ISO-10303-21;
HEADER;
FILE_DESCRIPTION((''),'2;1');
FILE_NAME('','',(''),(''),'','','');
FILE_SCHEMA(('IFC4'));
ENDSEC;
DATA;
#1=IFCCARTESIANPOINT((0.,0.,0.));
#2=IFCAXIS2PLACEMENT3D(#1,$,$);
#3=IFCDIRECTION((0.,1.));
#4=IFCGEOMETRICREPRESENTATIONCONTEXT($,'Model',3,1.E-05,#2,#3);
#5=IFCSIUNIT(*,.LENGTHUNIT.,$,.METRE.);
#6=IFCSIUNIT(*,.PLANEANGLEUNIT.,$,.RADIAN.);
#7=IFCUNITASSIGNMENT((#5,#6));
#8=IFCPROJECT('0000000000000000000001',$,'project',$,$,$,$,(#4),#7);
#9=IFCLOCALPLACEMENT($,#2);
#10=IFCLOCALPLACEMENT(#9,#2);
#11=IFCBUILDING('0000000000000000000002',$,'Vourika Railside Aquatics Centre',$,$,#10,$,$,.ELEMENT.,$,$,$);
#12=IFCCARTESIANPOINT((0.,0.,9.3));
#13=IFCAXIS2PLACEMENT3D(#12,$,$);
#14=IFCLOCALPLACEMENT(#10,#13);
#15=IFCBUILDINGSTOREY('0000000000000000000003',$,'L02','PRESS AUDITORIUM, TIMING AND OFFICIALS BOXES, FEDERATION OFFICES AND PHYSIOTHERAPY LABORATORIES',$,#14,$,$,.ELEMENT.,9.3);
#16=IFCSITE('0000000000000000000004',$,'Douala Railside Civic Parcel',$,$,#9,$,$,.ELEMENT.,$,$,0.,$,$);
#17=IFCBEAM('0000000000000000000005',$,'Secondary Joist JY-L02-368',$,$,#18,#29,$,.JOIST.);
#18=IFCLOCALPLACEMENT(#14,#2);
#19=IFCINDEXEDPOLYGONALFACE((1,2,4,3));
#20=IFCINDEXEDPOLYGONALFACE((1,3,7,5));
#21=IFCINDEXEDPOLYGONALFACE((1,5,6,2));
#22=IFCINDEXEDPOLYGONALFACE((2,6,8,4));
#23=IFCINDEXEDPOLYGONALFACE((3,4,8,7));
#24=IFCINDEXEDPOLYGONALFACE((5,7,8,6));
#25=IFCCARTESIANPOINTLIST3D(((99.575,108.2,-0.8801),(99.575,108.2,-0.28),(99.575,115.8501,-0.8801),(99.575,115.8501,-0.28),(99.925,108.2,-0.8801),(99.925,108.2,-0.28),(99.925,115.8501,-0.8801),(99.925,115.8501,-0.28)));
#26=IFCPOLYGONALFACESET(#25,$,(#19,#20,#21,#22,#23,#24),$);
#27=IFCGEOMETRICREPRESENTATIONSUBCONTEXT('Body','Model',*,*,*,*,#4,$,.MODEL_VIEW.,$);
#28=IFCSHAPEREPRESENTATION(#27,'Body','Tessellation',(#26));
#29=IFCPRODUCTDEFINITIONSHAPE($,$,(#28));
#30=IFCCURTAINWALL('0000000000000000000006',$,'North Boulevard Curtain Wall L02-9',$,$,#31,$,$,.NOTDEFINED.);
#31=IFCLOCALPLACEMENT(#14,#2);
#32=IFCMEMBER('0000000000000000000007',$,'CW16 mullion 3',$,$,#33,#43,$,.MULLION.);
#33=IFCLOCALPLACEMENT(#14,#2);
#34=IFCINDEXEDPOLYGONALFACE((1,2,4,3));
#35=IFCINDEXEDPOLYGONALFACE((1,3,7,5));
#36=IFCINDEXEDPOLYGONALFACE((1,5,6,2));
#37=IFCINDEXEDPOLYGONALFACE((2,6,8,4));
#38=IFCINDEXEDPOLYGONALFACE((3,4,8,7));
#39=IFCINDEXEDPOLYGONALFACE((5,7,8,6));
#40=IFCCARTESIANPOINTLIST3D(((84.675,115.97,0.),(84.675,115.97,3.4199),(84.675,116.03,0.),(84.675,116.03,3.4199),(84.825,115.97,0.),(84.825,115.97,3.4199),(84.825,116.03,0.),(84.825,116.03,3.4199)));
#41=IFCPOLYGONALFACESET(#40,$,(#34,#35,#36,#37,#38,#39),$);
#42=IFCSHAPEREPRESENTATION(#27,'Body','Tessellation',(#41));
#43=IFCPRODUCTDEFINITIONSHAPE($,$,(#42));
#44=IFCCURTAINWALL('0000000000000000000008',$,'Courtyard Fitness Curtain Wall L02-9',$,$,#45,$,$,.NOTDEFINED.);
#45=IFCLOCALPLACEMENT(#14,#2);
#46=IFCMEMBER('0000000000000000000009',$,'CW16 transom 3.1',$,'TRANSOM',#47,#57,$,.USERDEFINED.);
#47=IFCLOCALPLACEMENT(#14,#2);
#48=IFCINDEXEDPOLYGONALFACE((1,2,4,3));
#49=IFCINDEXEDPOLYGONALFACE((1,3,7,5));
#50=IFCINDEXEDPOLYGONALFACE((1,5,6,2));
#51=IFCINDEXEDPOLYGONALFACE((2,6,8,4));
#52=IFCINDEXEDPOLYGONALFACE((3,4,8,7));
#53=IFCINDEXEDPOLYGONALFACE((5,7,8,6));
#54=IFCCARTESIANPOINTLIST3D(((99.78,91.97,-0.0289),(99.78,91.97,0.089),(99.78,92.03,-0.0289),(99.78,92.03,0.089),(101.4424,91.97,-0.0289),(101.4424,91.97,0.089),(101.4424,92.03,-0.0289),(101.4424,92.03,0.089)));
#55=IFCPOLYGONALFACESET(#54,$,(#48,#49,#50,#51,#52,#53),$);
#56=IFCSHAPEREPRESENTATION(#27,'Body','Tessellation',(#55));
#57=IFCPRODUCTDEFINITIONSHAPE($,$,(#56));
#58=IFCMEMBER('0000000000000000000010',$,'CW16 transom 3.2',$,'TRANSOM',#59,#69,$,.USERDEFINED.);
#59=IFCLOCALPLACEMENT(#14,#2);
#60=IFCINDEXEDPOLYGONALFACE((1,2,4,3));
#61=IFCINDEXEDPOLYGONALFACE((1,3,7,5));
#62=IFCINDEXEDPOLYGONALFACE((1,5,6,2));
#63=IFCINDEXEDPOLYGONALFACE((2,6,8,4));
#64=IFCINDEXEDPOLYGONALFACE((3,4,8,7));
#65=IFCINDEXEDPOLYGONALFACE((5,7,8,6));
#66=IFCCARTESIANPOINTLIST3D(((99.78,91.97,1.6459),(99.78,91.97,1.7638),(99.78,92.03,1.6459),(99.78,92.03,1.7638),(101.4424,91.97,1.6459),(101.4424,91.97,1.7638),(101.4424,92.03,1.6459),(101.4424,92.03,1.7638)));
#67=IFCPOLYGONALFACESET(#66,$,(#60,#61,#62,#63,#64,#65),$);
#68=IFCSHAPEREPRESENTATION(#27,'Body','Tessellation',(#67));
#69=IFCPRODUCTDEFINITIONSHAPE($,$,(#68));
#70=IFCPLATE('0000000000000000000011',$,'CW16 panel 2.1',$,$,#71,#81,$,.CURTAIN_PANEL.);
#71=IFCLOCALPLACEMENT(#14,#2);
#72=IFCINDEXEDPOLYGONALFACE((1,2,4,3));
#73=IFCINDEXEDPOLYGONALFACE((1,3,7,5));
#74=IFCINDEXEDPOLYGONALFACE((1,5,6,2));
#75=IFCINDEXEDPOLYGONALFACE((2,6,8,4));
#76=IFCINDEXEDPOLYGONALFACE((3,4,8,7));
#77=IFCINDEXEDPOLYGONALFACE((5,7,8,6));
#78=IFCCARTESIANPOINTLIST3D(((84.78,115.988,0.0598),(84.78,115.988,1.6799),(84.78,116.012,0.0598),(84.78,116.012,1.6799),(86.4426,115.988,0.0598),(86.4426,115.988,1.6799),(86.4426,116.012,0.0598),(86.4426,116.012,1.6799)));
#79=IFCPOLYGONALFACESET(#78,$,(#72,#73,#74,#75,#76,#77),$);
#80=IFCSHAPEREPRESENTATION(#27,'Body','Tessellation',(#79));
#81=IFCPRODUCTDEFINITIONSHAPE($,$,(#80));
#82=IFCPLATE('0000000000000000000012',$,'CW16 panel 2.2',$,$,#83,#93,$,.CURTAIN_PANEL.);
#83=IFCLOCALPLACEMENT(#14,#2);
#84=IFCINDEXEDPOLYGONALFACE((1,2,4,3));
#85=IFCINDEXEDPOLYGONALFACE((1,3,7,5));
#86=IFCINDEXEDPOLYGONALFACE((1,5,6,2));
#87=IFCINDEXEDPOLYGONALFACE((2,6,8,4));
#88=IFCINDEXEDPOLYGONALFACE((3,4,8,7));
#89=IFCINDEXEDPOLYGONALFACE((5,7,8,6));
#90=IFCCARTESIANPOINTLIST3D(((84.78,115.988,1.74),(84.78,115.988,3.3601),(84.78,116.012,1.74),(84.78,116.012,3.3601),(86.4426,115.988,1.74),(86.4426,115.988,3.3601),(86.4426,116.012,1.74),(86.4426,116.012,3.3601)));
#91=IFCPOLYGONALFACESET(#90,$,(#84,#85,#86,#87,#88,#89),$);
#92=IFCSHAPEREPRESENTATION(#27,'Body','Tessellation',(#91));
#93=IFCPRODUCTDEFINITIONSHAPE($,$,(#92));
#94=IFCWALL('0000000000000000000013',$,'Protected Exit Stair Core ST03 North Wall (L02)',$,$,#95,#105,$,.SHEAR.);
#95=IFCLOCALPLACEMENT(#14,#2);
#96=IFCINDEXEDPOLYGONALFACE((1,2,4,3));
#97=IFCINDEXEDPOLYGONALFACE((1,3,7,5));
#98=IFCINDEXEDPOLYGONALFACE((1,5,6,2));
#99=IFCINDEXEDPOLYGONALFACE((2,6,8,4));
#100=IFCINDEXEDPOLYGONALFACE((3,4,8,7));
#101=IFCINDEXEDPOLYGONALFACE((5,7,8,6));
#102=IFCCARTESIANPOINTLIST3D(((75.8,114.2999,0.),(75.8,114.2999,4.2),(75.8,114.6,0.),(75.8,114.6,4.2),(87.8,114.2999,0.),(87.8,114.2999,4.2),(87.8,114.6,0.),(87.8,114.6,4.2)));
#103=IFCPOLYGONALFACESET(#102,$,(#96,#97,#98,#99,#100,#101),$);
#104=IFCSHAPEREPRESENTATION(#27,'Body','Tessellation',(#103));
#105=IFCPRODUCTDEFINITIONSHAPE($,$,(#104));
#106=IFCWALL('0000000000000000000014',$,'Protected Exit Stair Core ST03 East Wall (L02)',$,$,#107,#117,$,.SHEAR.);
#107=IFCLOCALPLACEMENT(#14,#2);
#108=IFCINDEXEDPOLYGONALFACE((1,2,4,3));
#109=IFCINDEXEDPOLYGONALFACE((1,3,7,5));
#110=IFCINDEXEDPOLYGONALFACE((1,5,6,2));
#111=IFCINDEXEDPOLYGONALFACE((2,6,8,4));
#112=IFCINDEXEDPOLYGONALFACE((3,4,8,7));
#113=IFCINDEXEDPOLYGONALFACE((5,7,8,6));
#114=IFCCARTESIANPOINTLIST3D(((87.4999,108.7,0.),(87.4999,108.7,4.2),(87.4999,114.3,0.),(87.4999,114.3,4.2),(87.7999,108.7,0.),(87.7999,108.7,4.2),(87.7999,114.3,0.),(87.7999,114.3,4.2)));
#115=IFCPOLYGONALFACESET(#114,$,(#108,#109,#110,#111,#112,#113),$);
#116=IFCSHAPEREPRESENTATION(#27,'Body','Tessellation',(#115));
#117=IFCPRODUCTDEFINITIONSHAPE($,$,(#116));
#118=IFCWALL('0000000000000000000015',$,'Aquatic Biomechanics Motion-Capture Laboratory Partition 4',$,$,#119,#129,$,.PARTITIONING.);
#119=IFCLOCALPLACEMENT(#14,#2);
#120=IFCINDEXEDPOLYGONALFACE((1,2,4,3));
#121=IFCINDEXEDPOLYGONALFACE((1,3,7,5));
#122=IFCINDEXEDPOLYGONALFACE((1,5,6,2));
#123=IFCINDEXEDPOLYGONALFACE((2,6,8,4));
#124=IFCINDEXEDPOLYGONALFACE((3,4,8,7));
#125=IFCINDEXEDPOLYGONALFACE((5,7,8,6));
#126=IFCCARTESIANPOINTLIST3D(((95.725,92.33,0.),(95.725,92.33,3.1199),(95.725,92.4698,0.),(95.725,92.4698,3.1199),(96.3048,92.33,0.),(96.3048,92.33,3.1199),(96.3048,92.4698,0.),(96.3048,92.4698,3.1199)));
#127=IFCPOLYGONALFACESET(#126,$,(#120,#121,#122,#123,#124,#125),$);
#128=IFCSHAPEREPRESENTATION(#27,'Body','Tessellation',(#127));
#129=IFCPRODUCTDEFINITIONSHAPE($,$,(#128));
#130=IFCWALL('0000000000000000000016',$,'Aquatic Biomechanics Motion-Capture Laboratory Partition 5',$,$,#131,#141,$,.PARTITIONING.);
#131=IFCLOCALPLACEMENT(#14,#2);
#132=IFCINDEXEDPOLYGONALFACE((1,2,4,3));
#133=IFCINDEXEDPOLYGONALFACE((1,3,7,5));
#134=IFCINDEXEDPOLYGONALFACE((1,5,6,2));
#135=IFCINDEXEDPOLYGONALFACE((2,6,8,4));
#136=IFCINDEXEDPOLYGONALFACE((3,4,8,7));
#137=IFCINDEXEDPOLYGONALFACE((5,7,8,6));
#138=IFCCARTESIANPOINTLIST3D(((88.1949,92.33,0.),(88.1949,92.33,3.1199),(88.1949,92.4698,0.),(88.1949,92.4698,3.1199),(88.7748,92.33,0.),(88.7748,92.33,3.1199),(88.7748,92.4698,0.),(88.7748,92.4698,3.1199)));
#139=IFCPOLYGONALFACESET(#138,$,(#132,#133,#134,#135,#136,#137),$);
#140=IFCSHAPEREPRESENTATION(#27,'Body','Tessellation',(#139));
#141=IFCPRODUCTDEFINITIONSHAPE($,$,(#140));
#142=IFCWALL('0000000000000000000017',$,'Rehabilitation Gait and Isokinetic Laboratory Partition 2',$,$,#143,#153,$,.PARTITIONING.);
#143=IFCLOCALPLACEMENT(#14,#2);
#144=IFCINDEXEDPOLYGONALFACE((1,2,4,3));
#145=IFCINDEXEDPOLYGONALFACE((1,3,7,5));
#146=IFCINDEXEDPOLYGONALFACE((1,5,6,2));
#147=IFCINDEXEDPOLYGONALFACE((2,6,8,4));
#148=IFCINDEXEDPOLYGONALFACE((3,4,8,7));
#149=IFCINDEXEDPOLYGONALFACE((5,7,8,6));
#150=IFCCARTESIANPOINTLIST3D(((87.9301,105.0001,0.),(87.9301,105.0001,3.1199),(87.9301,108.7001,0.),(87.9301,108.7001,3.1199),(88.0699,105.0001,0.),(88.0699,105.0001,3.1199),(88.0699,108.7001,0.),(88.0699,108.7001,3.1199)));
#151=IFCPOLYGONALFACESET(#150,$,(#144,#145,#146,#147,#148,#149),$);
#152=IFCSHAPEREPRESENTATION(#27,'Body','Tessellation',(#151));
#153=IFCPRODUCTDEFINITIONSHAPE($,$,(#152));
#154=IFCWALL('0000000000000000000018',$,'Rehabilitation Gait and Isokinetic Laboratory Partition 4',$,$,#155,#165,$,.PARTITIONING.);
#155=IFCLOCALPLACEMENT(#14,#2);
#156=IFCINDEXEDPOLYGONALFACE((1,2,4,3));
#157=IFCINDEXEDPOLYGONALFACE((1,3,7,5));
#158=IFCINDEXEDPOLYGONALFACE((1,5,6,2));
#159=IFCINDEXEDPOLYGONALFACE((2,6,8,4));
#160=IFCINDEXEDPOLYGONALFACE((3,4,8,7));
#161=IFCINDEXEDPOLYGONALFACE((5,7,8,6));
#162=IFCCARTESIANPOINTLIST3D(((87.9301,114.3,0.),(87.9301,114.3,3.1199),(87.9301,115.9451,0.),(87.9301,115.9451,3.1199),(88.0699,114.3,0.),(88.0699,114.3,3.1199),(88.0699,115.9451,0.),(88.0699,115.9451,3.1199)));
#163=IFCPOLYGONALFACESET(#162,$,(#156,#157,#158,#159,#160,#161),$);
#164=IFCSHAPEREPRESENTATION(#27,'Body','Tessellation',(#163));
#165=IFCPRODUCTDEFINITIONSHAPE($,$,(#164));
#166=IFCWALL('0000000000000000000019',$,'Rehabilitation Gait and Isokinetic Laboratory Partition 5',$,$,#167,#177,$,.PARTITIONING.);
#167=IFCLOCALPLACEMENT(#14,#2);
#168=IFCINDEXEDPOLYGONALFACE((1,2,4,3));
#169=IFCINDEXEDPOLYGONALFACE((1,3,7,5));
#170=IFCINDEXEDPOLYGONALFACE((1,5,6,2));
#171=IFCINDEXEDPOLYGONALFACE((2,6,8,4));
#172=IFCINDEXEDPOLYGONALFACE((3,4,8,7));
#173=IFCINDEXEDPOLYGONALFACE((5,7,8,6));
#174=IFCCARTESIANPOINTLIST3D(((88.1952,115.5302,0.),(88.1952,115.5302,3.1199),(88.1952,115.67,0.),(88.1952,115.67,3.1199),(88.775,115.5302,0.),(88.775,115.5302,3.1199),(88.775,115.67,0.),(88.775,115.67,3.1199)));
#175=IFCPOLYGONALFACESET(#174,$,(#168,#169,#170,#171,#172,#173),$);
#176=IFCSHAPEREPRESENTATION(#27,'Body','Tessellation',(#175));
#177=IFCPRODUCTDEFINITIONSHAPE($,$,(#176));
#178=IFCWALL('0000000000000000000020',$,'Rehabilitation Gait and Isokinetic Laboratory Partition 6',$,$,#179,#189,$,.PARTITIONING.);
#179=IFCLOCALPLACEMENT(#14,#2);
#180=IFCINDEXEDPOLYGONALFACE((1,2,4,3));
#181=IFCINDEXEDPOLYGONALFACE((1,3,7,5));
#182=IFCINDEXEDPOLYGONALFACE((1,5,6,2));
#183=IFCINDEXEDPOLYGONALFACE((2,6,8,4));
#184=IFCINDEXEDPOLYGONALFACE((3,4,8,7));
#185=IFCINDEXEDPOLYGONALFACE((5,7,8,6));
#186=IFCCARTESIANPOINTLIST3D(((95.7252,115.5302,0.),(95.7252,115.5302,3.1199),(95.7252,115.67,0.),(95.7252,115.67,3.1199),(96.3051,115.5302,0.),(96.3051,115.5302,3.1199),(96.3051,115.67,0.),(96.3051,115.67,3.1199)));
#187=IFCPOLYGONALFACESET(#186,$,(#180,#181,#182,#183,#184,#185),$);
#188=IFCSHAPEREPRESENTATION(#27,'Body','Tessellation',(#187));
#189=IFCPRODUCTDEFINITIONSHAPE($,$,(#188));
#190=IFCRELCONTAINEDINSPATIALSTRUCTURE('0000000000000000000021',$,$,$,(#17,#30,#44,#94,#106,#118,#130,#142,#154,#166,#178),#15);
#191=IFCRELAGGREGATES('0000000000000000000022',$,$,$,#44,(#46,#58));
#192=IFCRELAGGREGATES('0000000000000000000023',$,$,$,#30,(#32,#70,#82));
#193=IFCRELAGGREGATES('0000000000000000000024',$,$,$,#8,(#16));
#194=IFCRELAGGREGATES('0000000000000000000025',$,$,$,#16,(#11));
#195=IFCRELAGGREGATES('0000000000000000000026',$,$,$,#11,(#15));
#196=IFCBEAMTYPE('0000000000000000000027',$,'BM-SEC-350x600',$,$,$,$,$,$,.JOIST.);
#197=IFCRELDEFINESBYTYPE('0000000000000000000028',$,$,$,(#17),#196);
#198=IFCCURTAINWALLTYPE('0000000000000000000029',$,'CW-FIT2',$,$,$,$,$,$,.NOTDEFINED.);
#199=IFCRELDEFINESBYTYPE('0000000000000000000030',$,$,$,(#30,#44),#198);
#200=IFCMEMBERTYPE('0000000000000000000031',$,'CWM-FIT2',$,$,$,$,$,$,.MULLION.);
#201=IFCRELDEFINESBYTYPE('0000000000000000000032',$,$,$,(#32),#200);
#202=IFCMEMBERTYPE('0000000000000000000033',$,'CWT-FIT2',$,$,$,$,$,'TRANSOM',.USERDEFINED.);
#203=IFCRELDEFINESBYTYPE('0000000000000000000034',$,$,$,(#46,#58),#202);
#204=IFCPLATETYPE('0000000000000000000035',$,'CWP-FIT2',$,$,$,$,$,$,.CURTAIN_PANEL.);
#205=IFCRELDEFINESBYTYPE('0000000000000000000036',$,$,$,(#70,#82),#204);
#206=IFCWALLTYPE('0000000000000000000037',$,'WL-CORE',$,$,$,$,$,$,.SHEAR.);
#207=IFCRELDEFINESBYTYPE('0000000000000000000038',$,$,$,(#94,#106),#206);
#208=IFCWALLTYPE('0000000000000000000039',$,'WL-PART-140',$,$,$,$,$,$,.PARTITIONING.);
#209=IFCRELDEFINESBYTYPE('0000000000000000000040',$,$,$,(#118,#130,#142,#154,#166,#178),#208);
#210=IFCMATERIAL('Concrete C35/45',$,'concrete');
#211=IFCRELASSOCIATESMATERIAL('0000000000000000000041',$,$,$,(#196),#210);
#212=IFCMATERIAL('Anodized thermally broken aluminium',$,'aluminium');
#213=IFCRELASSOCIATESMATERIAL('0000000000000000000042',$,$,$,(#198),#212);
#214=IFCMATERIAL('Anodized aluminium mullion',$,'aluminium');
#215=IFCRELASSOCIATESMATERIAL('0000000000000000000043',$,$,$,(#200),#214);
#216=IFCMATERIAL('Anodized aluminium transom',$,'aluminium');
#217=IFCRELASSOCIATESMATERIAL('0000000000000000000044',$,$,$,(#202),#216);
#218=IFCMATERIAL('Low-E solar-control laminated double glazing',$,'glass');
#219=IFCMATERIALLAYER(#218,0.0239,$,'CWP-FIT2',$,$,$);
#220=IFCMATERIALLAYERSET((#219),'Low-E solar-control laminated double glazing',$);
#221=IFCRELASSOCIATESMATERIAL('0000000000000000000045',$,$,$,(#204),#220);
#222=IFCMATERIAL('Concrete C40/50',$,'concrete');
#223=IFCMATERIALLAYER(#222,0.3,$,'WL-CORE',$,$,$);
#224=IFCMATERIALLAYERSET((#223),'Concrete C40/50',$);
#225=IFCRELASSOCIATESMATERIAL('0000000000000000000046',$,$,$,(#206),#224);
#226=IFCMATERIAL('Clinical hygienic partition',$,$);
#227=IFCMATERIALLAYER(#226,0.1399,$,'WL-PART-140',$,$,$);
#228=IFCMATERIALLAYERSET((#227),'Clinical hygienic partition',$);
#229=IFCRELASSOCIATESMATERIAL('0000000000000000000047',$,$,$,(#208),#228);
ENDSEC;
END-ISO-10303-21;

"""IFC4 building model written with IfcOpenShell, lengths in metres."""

from ifc_helpers import new_model, si_unit, direction, frame, frame_2d, origin, origin_2d, place, context, subcontext, project, spatial, rectangle, extrude, material, layer, layer_set, material_profile, profile_set, type_object, element, aggregate, save


model = new_model("IFC4")

# Units and contexts
model_context = context("Model", 3, precision=1e-05, world=origin(), true_north=direction((0.0, 1.0)))
body_context = subcontext(model_context, "Body", "Model", "MODEL_VIEW")
ifc_project = project(units=[si_unit("LENGTHUNIT", "METRE"), si_unit("PLANEANGLEUNIT", "RADIAN")], contexts=[model_context])

# Site, building, storey
site_placement = place(None, origin())
site = spatial("IfcSite", under=ifc_project, at=site_placement, Name="Douala Railside Civic Parcel", CompositionType="ELEMENT", RefElevation=0.0)
building_placement = place(site_placement, origin())
building = spatial("IfcBuilding", under=site, at=building_placement, Name="Vourika Railside Aquatics Centre", CompositionType="ELEMENT")
storey_placement = place(building_placement, frame((0.0, 0.0, 9.3)))
storey = spatial("IfcBuildingStorey", under=building, at=storey_placement, Name="L02", Description="PRESS AUDITORIUM, TIMING AND OFFICIALS BOXES, FEDERATION OFFICES AND PHYSIOTHERAPY LABORATORIES", CompositionType="ELEMENT", Elevation=9.3)

# Shared definitions
ifc_material_1 = material(Name="Concrete C35/45", Category="concrete")

# Beam
ifc_material_profile_1 = material_profile(ifc_material_1, rectangle(XDim=0.3501, YDim=0.6001, at=origin_2d()), Name="RC 350x600")
ifc_profile_set_1 = profile_set([ifc_material_profile_1], Name="Concrete C35/45")
beam_type_1 = type_object("IfcBeamType", Name="BM-SEC-350x600", PredefinedType="JOIST", material=ifc_profile_set_1)
for number, where, z_axis, x_axis, name in (
    (1, (99.75, 108.2, -0.5801), (0.0, 1.0, 0.0), (-1.0, 0.0, 0.0), "Secondary Joist JY-L02-368"),
):
    element("IfcBeam", number, at=place(storey_placement, frame(where, z_axis=z_axis, x_axis=x_axis)), inside=storey, type_object=beam_type_1, Name=name, PredefinedType="JOIST", context=body_context, shape_type="SweptSolid", body=[
        extrude(rectangle(XDim=0.3501, YDim=0.6001, at=origin_2d()), origin(), (0.0, 0.0, 1.0), 7.6501),
    ])

# Curtain wall, member
ifc_material_2 = material(Name="Anodized thermally broken aluminium", Category="aluminium")
curtain_wall_type = type_object("IfcCurtainWallType", Name="CW-FIT2", PredefinedType="NOTDEFINED", material=ifc_material_2)
curtain_wall_1_placement = place(storey_placement, origin())
curtain_wall_1 = element("IfcCurtainWall", 2, at=curtain_wall_1_placement, inside=storey, type_object=curtain_wall_type, Name="North Boulevard Curtain Wall L02-9", PredefinedType="NOTDEFINED")
ifc_material_3 = material(Name="Anodized aluminium mullion", Category="aluminium")
ifc_material_profile_2 = material_profile(ifc_material_3, rectangle(XDim=0.0601, YDim=0.1499, at=origin_2d()), Name="ALU-M 60x150")
ifc_profile_set_2 = profile_set([ifc_material_profile_2], Name="Anodized aluminium mullion")
member_type_1 = type_object("IfcMemberType", Name="CWM-FIT2", PredefinedType="MULLION", material=ifc_profile_set_2)
member_1_placement = place(storey_placement, frame((84.75, 116.0, 0.0), z_axis=(0.0, 0.0, 1.0), x_axis=(0.0, -1.0, 0.0)))
member_1 = element("IfcMember", 3, at=member_1_placement, type_object=member_type_1, Name="CW16 mullion 3", PredefinedType="MULLION", context=body_context, shape_type="SweptSolid", body=[
    extrude(rectangle(XDim=0.0601, YDim=0.1499, at=origin_2d()), origin(), (0.0, 0.0, 1.0), 3.4199),
])

# Curtain wall, members
curtain_wall_2_placement = place(storey_placement, origin())
curtain_wall_2 = element("IfcCurtainWall", 4, at=curtain_wall_2_placement, inside=storey, type_object=curtain_wall_type, Name="Courtyard Fitness Curtain Wall L02-9", PredefinedType="NOTDEFINED")
ifc_material_4 = material(Name="Anodized aluminium transom", Category="aluminium")
ifc_material_profile_3 = material_profile(ifc_material_4, rectangle(XDim=0.0601, YDim=0.1179, at=origin_2d()), Name="ALU-T 60x118")
ifc_profile_set_3 = profile_set([ifc_material_profile_3], Name="Anodized aluminium transom")
member_type_2 = type_object("IfcMemberType", Name="CWT-FIT2", ElementType="TRANSOM", PredefinedType="USERDEFINED", material=ifc_profile_set_3)
member_2_placement = place(storey_placement, frame((99.78, 92.0, 0.03), z_axis=(1.0, 0.0, 0.0), x_axis=(0.0, 1.0, 0.0)))
member_2 = element("IfcMember", 5, at=member_2_placement, type_object=member_type_2, Name="CW16 transom 3.1", ObjectType="TRANSOM", PredefinedType="USERDEFINED", context=body_context, shape_type="SweptSolid", body=[
    extrude(rectangle(XDim=0.0601, YDim=0.1179, at=origin_2d()), origin(), (0.0, 0.0, 1.0), 1.6624),
])
member_3_placement = place(storey_placement, frame((99.78, 92.0, 1.7048), z_axis=(1.0, 0.0, 0.0), x_axis=(0.0, 1.0, 0.0)))
member_3 = element("IfcMember", 6, at=member_3_placement, type_object=member_type_2, Name="CW16 transom 3.2", ObjectType="TRANSOM", PredefinedType="USERDEFINED", context=body_context, shape_type="SweptSolid", body=[
    extrude(rectangle(XDim=0.0601, YDim=0.1179, at=origin_2d()), origin(), (0.0, 0.0, 1.0), 1.6624),
])
aggregate(curtain_wall_2, [member_2, member_3])

# Plates
ifc_material_5 = material(Name="Low-E solar-control laminated double glazing", Category="glass")
ifc_layer_1 = layer(ifc_material_5, 0.0239, Name="CWP-FIT2")
ifc_layer_set_1 = layer_set([ifc_layer_1], Name="Low-E solar-control laminated double glazing")
plate_type = type_object("IfcPlateType", Name="CWP-FIT2", PredefinedType="CURTAIN_PANEL", material=ifc_layer_set_1)
plate_1_placement = place(storey_placement, frame((85.6113, 116.0, 0.0598), z_axis=(0.0, 0.0, 1.0), x_axis=(-1.0, 0.0, 0.0)))
plate_1 = element("IfcPlate", 7, at=plate_1_placement, type_object=plate_type, Name="CW16 panel 2.1", PredefinedType="CURTAIN_PANEL", context=body_context, shape_type="SweptSolid", body=[
    extrude(rectangle(XDim=1.6626, YDim=0.0239, at=origin_2d()), origin(), (0.0, 0.0, 1.0), 1.6201),
])
plate_2_placement = place(storey_placement, frame((85.6113, 116.0, 1.74), z_axis=(0.0, 0.0, 1.0), x_axis=(-1.0, 0.0, 0.0)))
plate_2 = element("IfcPlate", 8, at=plate_2_placement, type_object=plate_type, Name="CW16 panel 2.2", PredefinedType="CURTAIN_PANEL", context=body_context, shape_type="SweptSolid", body=[
    extrude(rectangle(XDim=1.6626, YDim=0.0239, at=origin_2d()), origin(), (0.0, 0.0, 1.0), 1.6201),
])
aggregate(curtain_wall_1, [member_1, plate_1, plate_2])

# Walls
ifc_material_6 = material(Name="Concrete C40/50", Category="concrete")
ifc_layer_2 = layer(ifc_material_6, 0.3, Name="WL-CORE")
ifc_layer_set_2 = layer_set([ifc_layer_2], Name="Concrete C40/50")
wall_type_1 = type_object("IfcWallType", Name="WL-CORE", PredefinedType="SHEAR", material=ifc_layer_set_2)
wall_1_placement = place(storey_placement, frame((87.8, 114.45, 0.0), z_axis=(0.0, 0.0, 1.0), x_axis=(-1.0, 0.0, 0.0)))
element("IfcWall", 9, at=wall_1_placement, inside=storey, type_object=wall_type_1, Name="Protected Exit Stair Core ST03 North Wall (L02)", PredefinedType="SHEAR", context=body_context, shape_type="SweptSolid", body=[
    extrude(rectangle(XDim=12.0, YDim=0.3, at=frame_2d((6.0, 0.0))), origin(), (0.0, 0.0, 1.0), 4.2),
])
wall_2_placement = place(storey_placement, frame((87.6499, 108.7, 0.0), z_axis=(0.0, 0.0, 1.0), x_axis=(0.0, 1.0, 0.0)))
element("IfcWall", 10, at=wall_2_placement, inside=storey, type_object=wall_type_1, Name="Protected Exit Stair Core ST03 East Wall (L02)", PredefinedType="SHEAR", context=body_context, shape_type="SweptSolid", body=[
    extrude(rectangle(XDim=5.6001, YDim=0.3, at=frame_2d((2.8, 0.0))), origin(), (0.0, 0.0, 1.0), 4.2),
])
ifc_material_7 = material(Name="Clinical hygienic partition")
ifc_layer_3 = layer(ifc_material_7, 0.1399, Name="WL-PART-140")
ifc_layer_set_3 = layer_set([ifc_layer_3], Name="Clinical hygienic partition")
wall_type_2 = type_object("IfcWallType", Name="WL-PART-140", PredefinedType="PARTITIONING", material=ifc_layer_set_3)
for number, where, z_axis, x_axis, name in (
    (11, (96.3049, 92.3999, 0.0), (0.0, 0.0, 1.0), (-1.0, 0.0, 0.0), "Aquatic Biomechanics Motion-Capture Laboratory Partition 4"),
    (12, (88.7749, 92.3999, 0.0), (0.0, 0.0, 1.0), (-1.0, 0.0, 0.0), "Aquatic Biomechanics Motion-Capture Laboratory Partition 5"),
):
    element("IfcWall", number, at=place(storey_placement, frame(where, z_axis=z_axis, x_axis=x_axis)), inside=storey, type_object=wall_type_2, Name=name, PredefinedType="PARTITIONING", context=body_context, shape_type="SweptSolid", body=[
        extrude(rectangle(XDim=0.5798, YDim=0.1399, at=frame_2d((0.29, 0.0))), origin(), (0.0, 0.0, 1.0), 3.1199),
    ])
wall_3_placement = place(storey_placement, frame((88.0, 105.0, 0.0), z_axis=(0.0, 0.0, 1.0), x_axis=(0.0, 1.0, 0.0)))
element("IfcWall", 13, at=wall_3_placement, inside=storey, type_object=wall_type_2, Name="Rehabilitation Gait and Isokinetic Laboratory Partition 2", PredefinedType="PARTITIONING", context=body_context, shape_type="SweptSolid", body=[
    extrude(rectangle(XDim=3.7, YDim=0.1399, at=frame_2d((1.8501, 0.0))), origin(), (0.0, 0.0, 1.0), 3.1199),
])
wall_4_placement = place(storey_placement, frame((88.0, 114.3, 0.0), z_axis=(0.0, 0.0, 1.0), x_axis=(0.0, 1.0, 0.0)))
element("IfcWall", 14, at=wall_4_placement, inside=storey, type_object=wall_type_2, Name="Rehabilitation Gait and Isokinetic Laboratory Partition 4", PredefinedType="PARTITIONING", context=body_context, shape_type="SweptSolid", body=[
    extrude(rectangle(XDim=1.645, YDim=0.1399, at=frame_2d((0.8225, 0.0))), origin(), (0.0, 0.0, 1.0), 3.1199),
])
for number, where, z_axis, x_axis, name in (
    (15, (88.1951, 115.6001, 0.0), (0.0, 0.0, 1.0), (1.0, 0.0, 0.0), "Rehabilitation Gait and Isokinetic Laboratory Partition 5"),
    (16, (95.7251, 115.6001, 0.0), (0.0, 0.0, 1.0), (1.0, 0.0, 0.0), "Rehabilitation Gait and Isokinetic Laboratory Partition 6"),
):
    element("IfcWall", number, at=place(storey_placement, frame(where, z_axis=z_axis, x_axis=x_axis)), inside=storey, type_object=wall_type_2, Name=name, PredefinedType="PARTITIONING", context=body_context, shape_type="SweptSolid", body=[
        extrude(rectangle(XDim=0.5798, YDim=0.1399, at=frame_2d((0.29, 0.0))), origin(), (0.0, 0.0, 1.0), 3.1199),
    ])

save(model, "model.ifc")
